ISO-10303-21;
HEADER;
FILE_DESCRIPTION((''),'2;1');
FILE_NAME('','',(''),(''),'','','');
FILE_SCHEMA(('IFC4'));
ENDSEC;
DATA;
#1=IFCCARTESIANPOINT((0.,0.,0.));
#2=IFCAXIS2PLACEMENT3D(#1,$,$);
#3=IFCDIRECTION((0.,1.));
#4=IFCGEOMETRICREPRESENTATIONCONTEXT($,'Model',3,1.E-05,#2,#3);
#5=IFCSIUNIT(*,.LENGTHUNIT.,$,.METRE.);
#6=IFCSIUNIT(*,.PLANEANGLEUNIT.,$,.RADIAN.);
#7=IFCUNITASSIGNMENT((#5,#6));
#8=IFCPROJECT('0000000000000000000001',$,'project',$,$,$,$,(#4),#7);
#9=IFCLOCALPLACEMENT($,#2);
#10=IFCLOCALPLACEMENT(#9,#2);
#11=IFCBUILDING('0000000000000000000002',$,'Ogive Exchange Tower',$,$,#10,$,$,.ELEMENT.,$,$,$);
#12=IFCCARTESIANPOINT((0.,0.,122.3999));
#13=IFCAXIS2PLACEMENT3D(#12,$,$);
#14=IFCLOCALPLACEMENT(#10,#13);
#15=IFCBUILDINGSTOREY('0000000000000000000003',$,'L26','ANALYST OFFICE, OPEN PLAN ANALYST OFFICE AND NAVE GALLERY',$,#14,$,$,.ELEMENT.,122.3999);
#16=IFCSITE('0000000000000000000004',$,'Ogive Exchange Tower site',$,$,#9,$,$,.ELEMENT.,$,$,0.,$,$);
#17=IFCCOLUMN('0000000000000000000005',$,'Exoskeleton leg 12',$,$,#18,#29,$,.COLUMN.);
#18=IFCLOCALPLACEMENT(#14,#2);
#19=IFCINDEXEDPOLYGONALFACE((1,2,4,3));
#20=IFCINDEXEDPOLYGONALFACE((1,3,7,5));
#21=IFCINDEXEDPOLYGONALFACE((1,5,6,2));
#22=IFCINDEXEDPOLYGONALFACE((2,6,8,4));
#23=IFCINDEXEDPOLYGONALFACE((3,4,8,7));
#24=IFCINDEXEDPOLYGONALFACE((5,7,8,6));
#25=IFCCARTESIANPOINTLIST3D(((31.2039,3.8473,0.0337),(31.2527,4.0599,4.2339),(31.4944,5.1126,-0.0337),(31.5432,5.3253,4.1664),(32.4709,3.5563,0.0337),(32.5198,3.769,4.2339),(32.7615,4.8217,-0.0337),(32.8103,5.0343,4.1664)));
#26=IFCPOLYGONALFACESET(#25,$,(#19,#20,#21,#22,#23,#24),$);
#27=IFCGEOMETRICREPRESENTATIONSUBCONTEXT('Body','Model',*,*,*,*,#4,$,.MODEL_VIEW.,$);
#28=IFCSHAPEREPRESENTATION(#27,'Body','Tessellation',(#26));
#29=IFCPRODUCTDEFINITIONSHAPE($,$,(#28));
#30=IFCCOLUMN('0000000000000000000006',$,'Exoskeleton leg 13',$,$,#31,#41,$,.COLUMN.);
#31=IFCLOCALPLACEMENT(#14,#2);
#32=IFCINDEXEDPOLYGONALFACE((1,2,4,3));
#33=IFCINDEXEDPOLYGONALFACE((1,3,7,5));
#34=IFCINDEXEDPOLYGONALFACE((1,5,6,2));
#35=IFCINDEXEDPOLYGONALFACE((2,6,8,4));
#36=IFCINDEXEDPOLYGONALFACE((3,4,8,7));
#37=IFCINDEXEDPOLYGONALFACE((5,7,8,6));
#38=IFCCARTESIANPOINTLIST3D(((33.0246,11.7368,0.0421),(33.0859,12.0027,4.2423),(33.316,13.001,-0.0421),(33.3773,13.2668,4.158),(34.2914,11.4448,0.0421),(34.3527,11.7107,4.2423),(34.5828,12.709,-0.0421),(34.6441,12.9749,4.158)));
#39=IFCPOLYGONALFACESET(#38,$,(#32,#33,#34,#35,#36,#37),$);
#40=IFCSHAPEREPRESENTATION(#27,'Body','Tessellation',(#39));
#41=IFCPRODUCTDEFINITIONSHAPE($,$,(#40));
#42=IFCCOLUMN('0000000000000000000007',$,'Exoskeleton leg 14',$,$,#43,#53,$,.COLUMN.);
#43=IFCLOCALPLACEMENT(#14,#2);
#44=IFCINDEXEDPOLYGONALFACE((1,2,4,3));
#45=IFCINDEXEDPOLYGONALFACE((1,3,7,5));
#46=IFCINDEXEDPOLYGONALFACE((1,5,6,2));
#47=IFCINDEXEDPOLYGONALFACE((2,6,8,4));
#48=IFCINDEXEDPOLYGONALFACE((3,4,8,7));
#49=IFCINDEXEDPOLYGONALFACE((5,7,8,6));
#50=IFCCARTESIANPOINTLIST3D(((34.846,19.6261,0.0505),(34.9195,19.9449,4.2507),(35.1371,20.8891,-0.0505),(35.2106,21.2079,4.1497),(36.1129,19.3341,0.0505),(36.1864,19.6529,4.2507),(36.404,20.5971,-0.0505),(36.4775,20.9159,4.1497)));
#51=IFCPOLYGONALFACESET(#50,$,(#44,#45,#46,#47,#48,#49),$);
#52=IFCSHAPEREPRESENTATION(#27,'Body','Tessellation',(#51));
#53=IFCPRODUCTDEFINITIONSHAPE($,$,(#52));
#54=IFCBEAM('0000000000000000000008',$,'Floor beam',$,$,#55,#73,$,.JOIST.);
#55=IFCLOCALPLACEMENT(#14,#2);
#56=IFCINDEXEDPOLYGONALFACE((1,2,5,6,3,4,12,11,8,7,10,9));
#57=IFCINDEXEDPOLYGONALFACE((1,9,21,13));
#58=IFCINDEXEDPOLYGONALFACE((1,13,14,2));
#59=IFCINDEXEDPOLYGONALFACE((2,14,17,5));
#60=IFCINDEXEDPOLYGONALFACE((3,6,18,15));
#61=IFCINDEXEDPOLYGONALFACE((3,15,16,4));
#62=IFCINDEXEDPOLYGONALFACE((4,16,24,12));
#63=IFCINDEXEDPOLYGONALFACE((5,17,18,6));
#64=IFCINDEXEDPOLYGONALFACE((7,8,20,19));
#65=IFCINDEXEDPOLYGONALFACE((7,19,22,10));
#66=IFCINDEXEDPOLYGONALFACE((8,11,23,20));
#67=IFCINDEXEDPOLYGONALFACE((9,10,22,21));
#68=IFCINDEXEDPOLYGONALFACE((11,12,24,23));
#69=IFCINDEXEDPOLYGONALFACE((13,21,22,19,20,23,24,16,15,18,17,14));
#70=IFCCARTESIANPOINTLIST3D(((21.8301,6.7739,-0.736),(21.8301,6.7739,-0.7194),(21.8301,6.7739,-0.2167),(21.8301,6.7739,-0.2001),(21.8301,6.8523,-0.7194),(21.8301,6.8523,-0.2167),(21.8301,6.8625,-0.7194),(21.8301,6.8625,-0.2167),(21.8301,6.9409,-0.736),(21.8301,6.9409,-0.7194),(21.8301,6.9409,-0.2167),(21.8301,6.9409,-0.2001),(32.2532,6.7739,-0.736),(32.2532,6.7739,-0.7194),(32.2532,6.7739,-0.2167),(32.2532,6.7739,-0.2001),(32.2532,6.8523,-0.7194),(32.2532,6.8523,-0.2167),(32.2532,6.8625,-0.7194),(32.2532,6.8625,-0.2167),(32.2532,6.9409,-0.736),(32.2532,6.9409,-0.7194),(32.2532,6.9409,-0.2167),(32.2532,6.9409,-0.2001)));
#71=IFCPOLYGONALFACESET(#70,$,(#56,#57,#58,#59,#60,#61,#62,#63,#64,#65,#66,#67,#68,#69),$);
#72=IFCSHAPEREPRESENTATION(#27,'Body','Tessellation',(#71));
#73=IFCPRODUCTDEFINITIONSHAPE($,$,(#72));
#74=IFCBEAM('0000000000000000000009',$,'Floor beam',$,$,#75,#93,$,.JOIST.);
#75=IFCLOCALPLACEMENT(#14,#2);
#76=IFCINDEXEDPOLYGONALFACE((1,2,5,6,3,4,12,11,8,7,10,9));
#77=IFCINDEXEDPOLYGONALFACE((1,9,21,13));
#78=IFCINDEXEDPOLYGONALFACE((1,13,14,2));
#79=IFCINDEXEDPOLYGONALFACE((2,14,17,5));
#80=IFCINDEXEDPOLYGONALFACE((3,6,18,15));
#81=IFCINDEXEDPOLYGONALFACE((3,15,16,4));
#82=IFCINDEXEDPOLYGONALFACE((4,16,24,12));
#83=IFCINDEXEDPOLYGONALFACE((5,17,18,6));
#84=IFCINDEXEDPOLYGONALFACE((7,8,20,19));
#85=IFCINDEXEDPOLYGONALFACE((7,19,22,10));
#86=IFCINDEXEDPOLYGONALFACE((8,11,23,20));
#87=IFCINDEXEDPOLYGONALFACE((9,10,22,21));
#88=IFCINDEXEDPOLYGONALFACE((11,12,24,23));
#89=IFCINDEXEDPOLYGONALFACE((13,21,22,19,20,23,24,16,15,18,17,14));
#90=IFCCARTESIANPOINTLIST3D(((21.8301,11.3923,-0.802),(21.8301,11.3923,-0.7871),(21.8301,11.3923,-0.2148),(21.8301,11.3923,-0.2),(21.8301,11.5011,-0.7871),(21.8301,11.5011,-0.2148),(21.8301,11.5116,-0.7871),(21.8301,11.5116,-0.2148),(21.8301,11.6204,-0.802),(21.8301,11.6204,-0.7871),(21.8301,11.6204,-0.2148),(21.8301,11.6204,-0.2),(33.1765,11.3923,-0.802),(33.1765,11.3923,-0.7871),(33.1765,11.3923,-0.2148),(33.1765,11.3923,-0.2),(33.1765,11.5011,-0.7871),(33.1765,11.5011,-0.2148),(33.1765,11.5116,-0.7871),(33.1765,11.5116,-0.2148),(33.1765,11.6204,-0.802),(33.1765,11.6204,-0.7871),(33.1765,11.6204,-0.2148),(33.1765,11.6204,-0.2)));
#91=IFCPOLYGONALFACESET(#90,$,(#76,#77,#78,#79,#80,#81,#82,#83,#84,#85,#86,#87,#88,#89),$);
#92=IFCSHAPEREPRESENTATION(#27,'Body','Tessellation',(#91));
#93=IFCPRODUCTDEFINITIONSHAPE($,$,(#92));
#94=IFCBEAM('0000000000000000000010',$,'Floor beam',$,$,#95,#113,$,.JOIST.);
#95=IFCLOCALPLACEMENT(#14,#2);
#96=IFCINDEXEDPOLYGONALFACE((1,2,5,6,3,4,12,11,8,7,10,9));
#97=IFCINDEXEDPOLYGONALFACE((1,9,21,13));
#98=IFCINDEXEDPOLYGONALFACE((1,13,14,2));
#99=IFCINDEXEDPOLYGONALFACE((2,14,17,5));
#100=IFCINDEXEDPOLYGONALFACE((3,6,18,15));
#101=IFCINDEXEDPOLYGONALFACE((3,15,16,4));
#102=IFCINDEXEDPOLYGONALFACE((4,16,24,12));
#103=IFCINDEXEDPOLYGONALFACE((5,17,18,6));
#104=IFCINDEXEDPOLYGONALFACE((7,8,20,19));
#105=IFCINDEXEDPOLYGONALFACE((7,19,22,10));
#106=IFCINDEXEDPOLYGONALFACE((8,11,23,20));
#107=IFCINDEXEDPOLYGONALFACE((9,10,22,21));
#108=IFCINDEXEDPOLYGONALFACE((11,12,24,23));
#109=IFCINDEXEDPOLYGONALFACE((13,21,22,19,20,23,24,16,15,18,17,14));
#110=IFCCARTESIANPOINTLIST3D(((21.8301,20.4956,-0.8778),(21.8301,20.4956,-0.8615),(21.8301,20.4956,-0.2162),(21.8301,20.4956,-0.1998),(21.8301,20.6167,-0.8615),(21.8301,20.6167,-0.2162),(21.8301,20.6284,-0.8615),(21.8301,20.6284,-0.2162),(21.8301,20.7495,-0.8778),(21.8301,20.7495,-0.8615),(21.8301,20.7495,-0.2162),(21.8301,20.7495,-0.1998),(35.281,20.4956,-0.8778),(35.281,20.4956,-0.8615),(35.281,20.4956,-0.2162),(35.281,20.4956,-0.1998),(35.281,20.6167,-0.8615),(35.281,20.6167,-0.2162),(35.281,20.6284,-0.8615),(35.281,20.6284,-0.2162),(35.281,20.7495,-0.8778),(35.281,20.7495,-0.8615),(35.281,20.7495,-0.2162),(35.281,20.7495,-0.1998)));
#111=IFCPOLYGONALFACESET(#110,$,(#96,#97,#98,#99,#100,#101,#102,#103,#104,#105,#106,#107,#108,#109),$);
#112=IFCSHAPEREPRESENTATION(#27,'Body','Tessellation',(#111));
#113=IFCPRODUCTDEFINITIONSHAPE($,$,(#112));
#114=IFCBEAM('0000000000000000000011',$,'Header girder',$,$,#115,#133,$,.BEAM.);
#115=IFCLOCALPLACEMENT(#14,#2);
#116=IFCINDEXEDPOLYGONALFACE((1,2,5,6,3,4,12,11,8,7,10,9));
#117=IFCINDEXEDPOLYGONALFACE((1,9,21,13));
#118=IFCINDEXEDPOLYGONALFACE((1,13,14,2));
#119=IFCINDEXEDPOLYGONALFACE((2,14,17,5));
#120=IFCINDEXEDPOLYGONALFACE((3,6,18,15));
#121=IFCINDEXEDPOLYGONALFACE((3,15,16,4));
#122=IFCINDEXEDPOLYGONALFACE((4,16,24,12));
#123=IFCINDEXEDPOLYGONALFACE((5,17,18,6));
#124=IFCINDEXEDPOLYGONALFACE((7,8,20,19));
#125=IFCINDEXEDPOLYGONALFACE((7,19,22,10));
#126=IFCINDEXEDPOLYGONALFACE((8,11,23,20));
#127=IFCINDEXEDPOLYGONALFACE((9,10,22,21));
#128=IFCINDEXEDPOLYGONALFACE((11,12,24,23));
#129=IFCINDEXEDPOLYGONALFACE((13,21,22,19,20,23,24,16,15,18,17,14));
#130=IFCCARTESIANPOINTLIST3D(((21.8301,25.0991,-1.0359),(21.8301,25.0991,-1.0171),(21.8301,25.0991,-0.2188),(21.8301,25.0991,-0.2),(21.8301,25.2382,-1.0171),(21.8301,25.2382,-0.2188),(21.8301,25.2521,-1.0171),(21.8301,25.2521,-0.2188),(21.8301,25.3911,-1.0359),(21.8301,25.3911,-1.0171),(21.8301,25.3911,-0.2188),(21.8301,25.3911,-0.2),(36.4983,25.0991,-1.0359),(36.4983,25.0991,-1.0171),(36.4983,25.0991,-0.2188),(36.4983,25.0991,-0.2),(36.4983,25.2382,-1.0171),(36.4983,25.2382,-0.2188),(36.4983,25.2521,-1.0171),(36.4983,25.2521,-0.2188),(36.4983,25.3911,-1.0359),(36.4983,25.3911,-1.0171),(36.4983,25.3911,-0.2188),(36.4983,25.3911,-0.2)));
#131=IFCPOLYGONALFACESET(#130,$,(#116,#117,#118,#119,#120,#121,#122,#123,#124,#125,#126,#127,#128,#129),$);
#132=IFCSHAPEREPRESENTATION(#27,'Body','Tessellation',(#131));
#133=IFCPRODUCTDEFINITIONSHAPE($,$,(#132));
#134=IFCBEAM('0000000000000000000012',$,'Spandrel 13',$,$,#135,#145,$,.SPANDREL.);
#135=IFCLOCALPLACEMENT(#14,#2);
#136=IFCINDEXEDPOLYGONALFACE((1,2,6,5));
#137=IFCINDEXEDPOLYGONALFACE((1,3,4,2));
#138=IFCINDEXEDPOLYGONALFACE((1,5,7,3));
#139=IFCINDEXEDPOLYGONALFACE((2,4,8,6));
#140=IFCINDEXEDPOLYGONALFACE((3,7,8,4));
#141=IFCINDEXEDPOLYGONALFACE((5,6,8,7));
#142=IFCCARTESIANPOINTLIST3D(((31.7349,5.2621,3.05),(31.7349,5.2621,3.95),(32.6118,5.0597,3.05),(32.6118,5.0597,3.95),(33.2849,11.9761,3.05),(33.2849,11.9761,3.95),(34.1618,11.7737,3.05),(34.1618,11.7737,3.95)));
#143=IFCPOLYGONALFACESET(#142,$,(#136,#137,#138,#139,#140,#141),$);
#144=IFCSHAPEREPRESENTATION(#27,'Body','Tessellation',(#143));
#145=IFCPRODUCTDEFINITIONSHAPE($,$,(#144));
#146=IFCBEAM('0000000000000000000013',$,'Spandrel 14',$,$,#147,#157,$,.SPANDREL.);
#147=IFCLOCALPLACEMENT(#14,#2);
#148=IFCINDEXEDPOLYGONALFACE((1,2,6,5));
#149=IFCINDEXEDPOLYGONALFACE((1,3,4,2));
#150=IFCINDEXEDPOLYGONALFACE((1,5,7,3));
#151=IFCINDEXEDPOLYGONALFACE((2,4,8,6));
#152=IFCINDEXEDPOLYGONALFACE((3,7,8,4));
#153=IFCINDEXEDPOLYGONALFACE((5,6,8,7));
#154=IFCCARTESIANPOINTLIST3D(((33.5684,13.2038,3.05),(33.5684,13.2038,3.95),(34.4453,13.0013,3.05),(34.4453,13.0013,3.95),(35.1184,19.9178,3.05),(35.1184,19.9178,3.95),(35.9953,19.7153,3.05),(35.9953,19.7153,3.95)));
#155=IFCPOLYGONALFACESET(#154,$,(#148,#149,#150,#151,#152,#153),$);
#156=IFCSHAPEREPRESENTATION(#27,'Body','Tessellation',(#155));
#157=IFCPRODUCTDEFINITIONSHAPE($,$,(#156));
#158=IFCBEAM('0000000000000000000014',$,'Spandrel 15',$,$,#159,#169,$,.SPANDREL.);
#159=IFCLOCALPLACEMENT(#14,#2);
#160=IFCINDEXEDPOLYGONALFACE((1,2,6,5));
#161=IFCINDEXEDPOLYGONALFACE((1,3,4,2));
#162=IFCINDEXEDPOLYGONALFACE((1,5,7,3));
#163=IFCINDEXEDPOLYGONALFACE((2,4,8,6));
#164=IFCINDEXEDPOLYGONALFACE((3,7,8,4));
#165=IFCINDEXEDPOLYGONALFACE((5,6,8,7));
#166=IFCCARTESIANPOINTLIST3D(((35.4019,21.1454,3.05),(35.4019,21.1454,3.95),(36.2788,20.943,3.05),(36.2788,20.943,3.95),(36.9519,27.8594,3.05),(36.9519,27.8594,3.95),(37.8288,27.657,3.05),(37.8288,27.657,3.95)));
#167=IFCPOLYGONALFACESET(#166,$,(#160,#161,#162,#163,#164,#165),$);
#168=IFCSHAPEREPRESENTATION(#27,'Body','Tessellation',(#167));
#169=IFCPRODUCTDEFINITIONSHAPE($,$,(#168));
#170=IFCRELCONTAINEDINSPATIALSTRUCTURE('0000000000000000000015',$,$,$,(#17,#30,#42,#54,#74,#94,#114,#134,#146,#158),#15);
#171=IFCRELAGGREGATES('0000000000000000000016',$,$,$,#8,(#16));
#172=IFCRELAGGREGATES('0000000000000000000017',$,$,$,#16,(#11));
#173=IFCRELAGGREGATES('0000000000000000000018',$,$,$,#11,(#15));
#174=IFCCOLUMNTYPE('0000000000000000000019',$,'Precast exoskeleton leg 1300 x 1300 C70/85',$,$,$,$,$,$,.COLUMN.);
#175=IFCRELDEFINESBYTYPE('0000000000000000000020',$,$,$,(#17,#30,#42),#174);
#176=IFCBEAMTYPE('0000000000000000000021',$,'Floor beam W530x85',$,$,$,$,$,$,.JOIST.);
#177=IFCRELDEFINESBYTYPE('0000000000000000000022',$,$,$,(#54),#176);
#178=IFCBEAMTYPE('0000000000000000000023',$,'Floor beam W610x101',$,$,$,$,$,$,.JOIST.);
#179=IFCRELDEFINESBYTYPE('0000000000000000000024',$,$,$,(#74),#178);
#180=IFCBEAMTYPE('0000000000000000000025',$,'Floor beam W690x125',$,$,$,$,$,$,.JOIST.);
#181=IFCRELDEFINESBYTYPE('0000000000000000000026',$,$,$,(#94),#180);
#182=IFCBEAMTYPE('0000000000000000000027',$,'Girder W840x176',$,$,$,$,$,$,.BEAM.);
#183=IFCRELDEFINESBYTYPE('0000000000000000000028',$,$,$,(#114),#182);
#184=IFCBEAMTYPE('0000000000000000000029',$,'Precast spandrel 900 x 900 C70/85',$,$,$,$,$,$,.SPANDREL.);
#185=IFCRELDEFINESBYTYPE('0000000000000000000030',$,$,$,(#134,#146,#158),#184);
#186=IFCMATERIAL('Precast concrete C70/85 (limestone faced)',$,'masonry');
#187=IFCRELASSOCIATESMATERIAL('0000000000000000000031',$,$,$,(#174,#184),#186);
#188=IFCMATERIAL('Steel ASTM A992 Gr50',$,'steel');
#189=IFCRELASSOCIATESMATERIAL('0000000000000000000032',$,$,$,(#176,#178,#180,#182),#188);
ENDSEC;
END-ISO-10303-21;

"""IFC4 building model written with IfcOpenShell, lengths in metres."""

from ifc_helpers import new_model, si_unit, direction, frame, origin, origin_2d, place, context, subcontext, project, spatial, rectangle, i_section, extrude, material, material_profile, profile_set, type_object, element, save


model = new_model("IFC4")

# Units and contexts
model_context = context("Model", 3, precision=1e-05, world=origin(), true_north=direction((0.0, 1.0)))
body_context = subcontext(model_context, "Body", "Model", "MODEL_VIEW")
ifc_project = project(units=[si_unit("LENGTHUNIT", "METRE"), si_unit("PLANEANGLEUNIT", "RADIAN")], contexts=[model_context])

# Site, building, storey
site_placement = place(None, origin())
site = spatial("IfcSite", under=ifc_project, at=site_placement, Name="Ogive Exchange Tower site", CompositionType="ELEMENT", RefElevation=0.0)
building_placement = place(site_placement, origin())
building = spatial("IfcBuilding", under=site, at=building_placement, Name="Ogive Exchange Tower", CompositionType="ELEMENT")
storey_placement = place(building_placement, frame((0.0, 0.0, 122.3999)))
storey = spatial("IfcBuildingStorey", under=building, at=storey_placement, Name="L26", Description="ANALYST OFFICE, OPEN PLAN ANALYST OFFICE AND NAVE GALLERY", CompositionType="ELEMENT", Elevation=122.3999)

# Columns
ifc_material_1 = material(Name="Precast concrete C70/85 (limestone faced)", Category="masonry")
ifc_material_profile_1 = material_profile(ifc_material_1, rectangle(XDim=1.3, YDim=1.3, at=origin_2d()), Name="1300 x 1300")
ifc_profile_set_1 = profile_set([ifc_material_profile_1], Name="Precast concrete C70/85 (limestone faced)")
column_type = type_object("IfcColumnType", Name="Precast exoskeleton leg 1300 x 1300 C70/85", PredefinedType="COLUMN", material=ifc_profile_set_1)
column_1_placement = place(storey_placement, frame((31.9827, 4.3345, 0.0), z_axis=(0.01161, 0.05056, 0.998654), x_axis=(-0.974636, 0.223797, 0.0)))
element("IfcColumn", 1, at=column_1_placement, inside=storey, type_object=column_type, Name="Exoskeleton leg 12", PredefinedType="COLUMN", context=body_context, shape_type="SweptSolid", body=[
    extrude(rectangle(XDim=1.3, YDim=1.3, at=origin_2d()), origin(), (0.0, 0.0, 1.0), 4.2058),
])
column_2_placement = place(storey_placement, frame((33.8037, 12.2229, 0.0), z_axis=(0.014559, 0.063166, 0.997897), x_axis=(-0.974451, 0.224598, 0.0)))
element("IfcColumn", 2, at=column_2_placement, inside=storey, type_object=column_type, Name="Exoskeleton leg 13", PredefinedType="COLUMN", context=body_context, shape_type="SweptSolid", body=[
    extrude(rectangle(XDim=1.3, YDim=1.3, at=origin_2d()), origin(), (0.0, 0.0, 1.0), 4.209),
])
column_3_placement = place(storey_placement, frame((35.625, 20.1116, 0.0), z_axis=(0.017443, 0.075683, 0.996979), x_axis=(-0.974454, 0.224587, 0.0)))
element("IfcColumn", 3, at=column_3_placement, inside=storey, type_object=column_type, Name="Exoskeleton leg 14", PredefinedType="COLUMN", context=body_context, shape_type="SweptSolid", body=[
    extrude(rectangle(XDim=1.3, YDim=1.3, at=origin_2d()), origin(), (0.0, 0.0, 1.0), 4.2129),
])

# Beams
ifc_material_2 = material(Name="Steel ASTM A992 Gr50", Category="steel")
ifc_material_profile_2 = material_profile(ifc_material_2, i_section(OverallWidth=0.167, OverallDepth=0.5359, WebThickness=0.0103, FlangeThickness=0.0166, at=origin_2d()), Name="W530x85")
ifc_profile_set_2 = profile_set([ifc_material_profile_2], Name="Steel ASTM A992 Gr50")
beam_type_1 = type_object("IfcBeamType", Name="Floor beam W530x85", PredefinedType="JOIST", material=ifc_profile_set_2)
beam_1_placement = place(storey_placement, frame((21.8301, 6.8574, -0.468), z_axis=(1.0, 0.0, 0.0), x_axis=(0.0, 1.0, 0.0)))
element("IfcBeam", 4, at=beam_1_placement, inside=storey, type_object=beam_type_1, Name="Floor beam", PredefinedType="JOIST", context=body_context, shape_type="SweptSolid", body=[
    extrude(i_section(OverallWidth=0.167, OverallDepth=0.5359, WebThickness=0.0103, FlangeThickness=0.0166, at=origin_2d()), origin(), (0.0, 0.0, 1.0), 10.4231),
])
ifc_material_profile_3 = material_profile(ifc_material_2, i_section(OverallWidth=0.228, OverallDepth=0.6021, WebThickness=0.0105, FlangeThickness=0.0149, at=origin_2d()), Name="W610x101")
ifc_profile_set_3 = profile_set([ifc_material_profile_3], Name="Steel ASTM A992 Gr50")
beam_type_2 = type_object("IfcBeamType", Name="Floor beam W610x101", PredefinedType="JOIST", material=ifc_profile_set_3)
beam_2_placement = place(storey_placement, frame((21.8301, 11.5063, -0.501), z_axis=(1.0, 0.0, 0.0), x_axis=(0.0, 1.0, 0.0)))
element("IfcBeam", 5, at=beam_2_placement, inside=storey, type_object=beam_type_2, Name="Floor beam", PredefinedType="JOIST", context=body_context, shape_type="SweptSolid", body=[
    extrude(i_section(OverallWidth=0.228, OverallDepth=0.6021, WebThickness=0.0105, FlangeThickness=0.0149, at=origin_2d()), origin(), (0.0, 0.0, 1.0), 11.3464),
])
ifc_material_profile_4 = material_profile(ifc_material_2, i_section(OverallWidth=0.2539, OverallDepth=0.678, WebThickness=0.0117, FlangeThickness=0.0164, at=origin_2d()), Name="W690x125")
ifc_profile_set_4 = profile_set([ifc_material_profile_4], Name="Steel ASTM A992 Gr50")
beam_type_3 = type_object("IfcBeamType", Name="Floor beam W690x125", PredefinedType="JOIST", material=ifc_profile_set_4)
beam_3_placement = place(storey_placement, frame((21.8301, 20.6226, -0.5388), z_axis=(1.0, 0.0, 0.0), x_axis=(0.0, 1.0, 0.0)))
element("IfcBeam", 6, at=beam_3_placement, inside=storey, type_object=beam_type_3, Name="Floor beam", PredefinedType="JOIST", context=body_context, shape_type="SweptSolid", body=[
    extrude(i_section(OverallWidth=0.2539, OverallDepth=0.678, WebThickness=0.0117, FlangeThickness=0.0164, at=origin_2d()), origin(), (0.0, 0.0, 1.0), 13.4509),
])
ifc_material_profile_5 = material_profile(ifc_material_2, i_section(OverallWidth=0.292, OverallDepth=0.8359, WebThickness=0.0139, FlangeThickness=0.0188, at=origin_2d()), Name="W840x176")
ifc_profile_set_5 = profile_set([ifc_material_profile_5], Name="Steel ASTM A992 Gr50")
beam_type_4 = type_object("IfcBeamType", Name="Girder W840x176", PredefinedType="BEAM", material=ifc_profile_set_5)
beam_4_placement = place(storey_placement, frame((21.8301, 25.2451, -0.6179), z_axis=(1.0, 0.0, 0.0), x_axis=(0.0, 1.0, 0.0)))
element("IfcBeam", 7, at=beam_4_placement, inside=storey, type_object=beam_type_4, Name="Header girder", PredefinedType="BEAM", context=body_context, shape_type="SweptSolid", body=[
    extrude(i_section(OverallWidth=0.292, OverallDepth=0.8359, WebThickness=0.0139, FlangeThickness=0.0188, at=origin_2d()), origin(), (0.0, 0.0, 1.0), 14.6682),
])
ifc_material_profile_6 = material_profile(ifc_material_1, rectangle(XDim=0.8999, YDim=0.8999, at=origin_2d()), Name="900 x 900")
ifc_profile_set_6 = profile_set([ifc_material_profile_6], Name="Precast concrete C70/85 (limestone faced)")
beam_type_5 = type_object("IfcBeamType", Name="Precast spandrel 900 x 900 C70/85", PredefinedType="SPANDREL", material=ifc_profile_set_6)
for number, where, z_axis, x_axis, name in (
    (8, (32.1733, 5.1609, 3.5), (0.224947, 0.974371, 0.0), (-0.974371, 0.224947, 0.0), "Spandrel 13"),
    (9, (34.0068, 13.1025, 3.5), (0.224947, 0.974371, 0.0), (-0.974371, 0.224947, 0.0), "Spandrel 14"),
    (10, (35.8403, 21.0442, 3.5), (0.224947, 0.974371, 0.0), (-0.974371, 0.224947, 0.0), "Spandrel 15"),
):
    element("IfcBeam", number, at=place(storey_placement, frame(where, z_axis=z_axis, x_axis=x_axis)), inside=storey, type_object=beam_type_5, Name=name, PredefinedType="SPANDREL", context=body_context, shape_type="SweptSolid", body=[
        extrude(rectangle(XDim=0.8999, YDim=0.8999, at=origin_2d()), origin(), (0.0, 0.0, 1.0), 6.8906),
    ])

save(model, "model.ifc")
